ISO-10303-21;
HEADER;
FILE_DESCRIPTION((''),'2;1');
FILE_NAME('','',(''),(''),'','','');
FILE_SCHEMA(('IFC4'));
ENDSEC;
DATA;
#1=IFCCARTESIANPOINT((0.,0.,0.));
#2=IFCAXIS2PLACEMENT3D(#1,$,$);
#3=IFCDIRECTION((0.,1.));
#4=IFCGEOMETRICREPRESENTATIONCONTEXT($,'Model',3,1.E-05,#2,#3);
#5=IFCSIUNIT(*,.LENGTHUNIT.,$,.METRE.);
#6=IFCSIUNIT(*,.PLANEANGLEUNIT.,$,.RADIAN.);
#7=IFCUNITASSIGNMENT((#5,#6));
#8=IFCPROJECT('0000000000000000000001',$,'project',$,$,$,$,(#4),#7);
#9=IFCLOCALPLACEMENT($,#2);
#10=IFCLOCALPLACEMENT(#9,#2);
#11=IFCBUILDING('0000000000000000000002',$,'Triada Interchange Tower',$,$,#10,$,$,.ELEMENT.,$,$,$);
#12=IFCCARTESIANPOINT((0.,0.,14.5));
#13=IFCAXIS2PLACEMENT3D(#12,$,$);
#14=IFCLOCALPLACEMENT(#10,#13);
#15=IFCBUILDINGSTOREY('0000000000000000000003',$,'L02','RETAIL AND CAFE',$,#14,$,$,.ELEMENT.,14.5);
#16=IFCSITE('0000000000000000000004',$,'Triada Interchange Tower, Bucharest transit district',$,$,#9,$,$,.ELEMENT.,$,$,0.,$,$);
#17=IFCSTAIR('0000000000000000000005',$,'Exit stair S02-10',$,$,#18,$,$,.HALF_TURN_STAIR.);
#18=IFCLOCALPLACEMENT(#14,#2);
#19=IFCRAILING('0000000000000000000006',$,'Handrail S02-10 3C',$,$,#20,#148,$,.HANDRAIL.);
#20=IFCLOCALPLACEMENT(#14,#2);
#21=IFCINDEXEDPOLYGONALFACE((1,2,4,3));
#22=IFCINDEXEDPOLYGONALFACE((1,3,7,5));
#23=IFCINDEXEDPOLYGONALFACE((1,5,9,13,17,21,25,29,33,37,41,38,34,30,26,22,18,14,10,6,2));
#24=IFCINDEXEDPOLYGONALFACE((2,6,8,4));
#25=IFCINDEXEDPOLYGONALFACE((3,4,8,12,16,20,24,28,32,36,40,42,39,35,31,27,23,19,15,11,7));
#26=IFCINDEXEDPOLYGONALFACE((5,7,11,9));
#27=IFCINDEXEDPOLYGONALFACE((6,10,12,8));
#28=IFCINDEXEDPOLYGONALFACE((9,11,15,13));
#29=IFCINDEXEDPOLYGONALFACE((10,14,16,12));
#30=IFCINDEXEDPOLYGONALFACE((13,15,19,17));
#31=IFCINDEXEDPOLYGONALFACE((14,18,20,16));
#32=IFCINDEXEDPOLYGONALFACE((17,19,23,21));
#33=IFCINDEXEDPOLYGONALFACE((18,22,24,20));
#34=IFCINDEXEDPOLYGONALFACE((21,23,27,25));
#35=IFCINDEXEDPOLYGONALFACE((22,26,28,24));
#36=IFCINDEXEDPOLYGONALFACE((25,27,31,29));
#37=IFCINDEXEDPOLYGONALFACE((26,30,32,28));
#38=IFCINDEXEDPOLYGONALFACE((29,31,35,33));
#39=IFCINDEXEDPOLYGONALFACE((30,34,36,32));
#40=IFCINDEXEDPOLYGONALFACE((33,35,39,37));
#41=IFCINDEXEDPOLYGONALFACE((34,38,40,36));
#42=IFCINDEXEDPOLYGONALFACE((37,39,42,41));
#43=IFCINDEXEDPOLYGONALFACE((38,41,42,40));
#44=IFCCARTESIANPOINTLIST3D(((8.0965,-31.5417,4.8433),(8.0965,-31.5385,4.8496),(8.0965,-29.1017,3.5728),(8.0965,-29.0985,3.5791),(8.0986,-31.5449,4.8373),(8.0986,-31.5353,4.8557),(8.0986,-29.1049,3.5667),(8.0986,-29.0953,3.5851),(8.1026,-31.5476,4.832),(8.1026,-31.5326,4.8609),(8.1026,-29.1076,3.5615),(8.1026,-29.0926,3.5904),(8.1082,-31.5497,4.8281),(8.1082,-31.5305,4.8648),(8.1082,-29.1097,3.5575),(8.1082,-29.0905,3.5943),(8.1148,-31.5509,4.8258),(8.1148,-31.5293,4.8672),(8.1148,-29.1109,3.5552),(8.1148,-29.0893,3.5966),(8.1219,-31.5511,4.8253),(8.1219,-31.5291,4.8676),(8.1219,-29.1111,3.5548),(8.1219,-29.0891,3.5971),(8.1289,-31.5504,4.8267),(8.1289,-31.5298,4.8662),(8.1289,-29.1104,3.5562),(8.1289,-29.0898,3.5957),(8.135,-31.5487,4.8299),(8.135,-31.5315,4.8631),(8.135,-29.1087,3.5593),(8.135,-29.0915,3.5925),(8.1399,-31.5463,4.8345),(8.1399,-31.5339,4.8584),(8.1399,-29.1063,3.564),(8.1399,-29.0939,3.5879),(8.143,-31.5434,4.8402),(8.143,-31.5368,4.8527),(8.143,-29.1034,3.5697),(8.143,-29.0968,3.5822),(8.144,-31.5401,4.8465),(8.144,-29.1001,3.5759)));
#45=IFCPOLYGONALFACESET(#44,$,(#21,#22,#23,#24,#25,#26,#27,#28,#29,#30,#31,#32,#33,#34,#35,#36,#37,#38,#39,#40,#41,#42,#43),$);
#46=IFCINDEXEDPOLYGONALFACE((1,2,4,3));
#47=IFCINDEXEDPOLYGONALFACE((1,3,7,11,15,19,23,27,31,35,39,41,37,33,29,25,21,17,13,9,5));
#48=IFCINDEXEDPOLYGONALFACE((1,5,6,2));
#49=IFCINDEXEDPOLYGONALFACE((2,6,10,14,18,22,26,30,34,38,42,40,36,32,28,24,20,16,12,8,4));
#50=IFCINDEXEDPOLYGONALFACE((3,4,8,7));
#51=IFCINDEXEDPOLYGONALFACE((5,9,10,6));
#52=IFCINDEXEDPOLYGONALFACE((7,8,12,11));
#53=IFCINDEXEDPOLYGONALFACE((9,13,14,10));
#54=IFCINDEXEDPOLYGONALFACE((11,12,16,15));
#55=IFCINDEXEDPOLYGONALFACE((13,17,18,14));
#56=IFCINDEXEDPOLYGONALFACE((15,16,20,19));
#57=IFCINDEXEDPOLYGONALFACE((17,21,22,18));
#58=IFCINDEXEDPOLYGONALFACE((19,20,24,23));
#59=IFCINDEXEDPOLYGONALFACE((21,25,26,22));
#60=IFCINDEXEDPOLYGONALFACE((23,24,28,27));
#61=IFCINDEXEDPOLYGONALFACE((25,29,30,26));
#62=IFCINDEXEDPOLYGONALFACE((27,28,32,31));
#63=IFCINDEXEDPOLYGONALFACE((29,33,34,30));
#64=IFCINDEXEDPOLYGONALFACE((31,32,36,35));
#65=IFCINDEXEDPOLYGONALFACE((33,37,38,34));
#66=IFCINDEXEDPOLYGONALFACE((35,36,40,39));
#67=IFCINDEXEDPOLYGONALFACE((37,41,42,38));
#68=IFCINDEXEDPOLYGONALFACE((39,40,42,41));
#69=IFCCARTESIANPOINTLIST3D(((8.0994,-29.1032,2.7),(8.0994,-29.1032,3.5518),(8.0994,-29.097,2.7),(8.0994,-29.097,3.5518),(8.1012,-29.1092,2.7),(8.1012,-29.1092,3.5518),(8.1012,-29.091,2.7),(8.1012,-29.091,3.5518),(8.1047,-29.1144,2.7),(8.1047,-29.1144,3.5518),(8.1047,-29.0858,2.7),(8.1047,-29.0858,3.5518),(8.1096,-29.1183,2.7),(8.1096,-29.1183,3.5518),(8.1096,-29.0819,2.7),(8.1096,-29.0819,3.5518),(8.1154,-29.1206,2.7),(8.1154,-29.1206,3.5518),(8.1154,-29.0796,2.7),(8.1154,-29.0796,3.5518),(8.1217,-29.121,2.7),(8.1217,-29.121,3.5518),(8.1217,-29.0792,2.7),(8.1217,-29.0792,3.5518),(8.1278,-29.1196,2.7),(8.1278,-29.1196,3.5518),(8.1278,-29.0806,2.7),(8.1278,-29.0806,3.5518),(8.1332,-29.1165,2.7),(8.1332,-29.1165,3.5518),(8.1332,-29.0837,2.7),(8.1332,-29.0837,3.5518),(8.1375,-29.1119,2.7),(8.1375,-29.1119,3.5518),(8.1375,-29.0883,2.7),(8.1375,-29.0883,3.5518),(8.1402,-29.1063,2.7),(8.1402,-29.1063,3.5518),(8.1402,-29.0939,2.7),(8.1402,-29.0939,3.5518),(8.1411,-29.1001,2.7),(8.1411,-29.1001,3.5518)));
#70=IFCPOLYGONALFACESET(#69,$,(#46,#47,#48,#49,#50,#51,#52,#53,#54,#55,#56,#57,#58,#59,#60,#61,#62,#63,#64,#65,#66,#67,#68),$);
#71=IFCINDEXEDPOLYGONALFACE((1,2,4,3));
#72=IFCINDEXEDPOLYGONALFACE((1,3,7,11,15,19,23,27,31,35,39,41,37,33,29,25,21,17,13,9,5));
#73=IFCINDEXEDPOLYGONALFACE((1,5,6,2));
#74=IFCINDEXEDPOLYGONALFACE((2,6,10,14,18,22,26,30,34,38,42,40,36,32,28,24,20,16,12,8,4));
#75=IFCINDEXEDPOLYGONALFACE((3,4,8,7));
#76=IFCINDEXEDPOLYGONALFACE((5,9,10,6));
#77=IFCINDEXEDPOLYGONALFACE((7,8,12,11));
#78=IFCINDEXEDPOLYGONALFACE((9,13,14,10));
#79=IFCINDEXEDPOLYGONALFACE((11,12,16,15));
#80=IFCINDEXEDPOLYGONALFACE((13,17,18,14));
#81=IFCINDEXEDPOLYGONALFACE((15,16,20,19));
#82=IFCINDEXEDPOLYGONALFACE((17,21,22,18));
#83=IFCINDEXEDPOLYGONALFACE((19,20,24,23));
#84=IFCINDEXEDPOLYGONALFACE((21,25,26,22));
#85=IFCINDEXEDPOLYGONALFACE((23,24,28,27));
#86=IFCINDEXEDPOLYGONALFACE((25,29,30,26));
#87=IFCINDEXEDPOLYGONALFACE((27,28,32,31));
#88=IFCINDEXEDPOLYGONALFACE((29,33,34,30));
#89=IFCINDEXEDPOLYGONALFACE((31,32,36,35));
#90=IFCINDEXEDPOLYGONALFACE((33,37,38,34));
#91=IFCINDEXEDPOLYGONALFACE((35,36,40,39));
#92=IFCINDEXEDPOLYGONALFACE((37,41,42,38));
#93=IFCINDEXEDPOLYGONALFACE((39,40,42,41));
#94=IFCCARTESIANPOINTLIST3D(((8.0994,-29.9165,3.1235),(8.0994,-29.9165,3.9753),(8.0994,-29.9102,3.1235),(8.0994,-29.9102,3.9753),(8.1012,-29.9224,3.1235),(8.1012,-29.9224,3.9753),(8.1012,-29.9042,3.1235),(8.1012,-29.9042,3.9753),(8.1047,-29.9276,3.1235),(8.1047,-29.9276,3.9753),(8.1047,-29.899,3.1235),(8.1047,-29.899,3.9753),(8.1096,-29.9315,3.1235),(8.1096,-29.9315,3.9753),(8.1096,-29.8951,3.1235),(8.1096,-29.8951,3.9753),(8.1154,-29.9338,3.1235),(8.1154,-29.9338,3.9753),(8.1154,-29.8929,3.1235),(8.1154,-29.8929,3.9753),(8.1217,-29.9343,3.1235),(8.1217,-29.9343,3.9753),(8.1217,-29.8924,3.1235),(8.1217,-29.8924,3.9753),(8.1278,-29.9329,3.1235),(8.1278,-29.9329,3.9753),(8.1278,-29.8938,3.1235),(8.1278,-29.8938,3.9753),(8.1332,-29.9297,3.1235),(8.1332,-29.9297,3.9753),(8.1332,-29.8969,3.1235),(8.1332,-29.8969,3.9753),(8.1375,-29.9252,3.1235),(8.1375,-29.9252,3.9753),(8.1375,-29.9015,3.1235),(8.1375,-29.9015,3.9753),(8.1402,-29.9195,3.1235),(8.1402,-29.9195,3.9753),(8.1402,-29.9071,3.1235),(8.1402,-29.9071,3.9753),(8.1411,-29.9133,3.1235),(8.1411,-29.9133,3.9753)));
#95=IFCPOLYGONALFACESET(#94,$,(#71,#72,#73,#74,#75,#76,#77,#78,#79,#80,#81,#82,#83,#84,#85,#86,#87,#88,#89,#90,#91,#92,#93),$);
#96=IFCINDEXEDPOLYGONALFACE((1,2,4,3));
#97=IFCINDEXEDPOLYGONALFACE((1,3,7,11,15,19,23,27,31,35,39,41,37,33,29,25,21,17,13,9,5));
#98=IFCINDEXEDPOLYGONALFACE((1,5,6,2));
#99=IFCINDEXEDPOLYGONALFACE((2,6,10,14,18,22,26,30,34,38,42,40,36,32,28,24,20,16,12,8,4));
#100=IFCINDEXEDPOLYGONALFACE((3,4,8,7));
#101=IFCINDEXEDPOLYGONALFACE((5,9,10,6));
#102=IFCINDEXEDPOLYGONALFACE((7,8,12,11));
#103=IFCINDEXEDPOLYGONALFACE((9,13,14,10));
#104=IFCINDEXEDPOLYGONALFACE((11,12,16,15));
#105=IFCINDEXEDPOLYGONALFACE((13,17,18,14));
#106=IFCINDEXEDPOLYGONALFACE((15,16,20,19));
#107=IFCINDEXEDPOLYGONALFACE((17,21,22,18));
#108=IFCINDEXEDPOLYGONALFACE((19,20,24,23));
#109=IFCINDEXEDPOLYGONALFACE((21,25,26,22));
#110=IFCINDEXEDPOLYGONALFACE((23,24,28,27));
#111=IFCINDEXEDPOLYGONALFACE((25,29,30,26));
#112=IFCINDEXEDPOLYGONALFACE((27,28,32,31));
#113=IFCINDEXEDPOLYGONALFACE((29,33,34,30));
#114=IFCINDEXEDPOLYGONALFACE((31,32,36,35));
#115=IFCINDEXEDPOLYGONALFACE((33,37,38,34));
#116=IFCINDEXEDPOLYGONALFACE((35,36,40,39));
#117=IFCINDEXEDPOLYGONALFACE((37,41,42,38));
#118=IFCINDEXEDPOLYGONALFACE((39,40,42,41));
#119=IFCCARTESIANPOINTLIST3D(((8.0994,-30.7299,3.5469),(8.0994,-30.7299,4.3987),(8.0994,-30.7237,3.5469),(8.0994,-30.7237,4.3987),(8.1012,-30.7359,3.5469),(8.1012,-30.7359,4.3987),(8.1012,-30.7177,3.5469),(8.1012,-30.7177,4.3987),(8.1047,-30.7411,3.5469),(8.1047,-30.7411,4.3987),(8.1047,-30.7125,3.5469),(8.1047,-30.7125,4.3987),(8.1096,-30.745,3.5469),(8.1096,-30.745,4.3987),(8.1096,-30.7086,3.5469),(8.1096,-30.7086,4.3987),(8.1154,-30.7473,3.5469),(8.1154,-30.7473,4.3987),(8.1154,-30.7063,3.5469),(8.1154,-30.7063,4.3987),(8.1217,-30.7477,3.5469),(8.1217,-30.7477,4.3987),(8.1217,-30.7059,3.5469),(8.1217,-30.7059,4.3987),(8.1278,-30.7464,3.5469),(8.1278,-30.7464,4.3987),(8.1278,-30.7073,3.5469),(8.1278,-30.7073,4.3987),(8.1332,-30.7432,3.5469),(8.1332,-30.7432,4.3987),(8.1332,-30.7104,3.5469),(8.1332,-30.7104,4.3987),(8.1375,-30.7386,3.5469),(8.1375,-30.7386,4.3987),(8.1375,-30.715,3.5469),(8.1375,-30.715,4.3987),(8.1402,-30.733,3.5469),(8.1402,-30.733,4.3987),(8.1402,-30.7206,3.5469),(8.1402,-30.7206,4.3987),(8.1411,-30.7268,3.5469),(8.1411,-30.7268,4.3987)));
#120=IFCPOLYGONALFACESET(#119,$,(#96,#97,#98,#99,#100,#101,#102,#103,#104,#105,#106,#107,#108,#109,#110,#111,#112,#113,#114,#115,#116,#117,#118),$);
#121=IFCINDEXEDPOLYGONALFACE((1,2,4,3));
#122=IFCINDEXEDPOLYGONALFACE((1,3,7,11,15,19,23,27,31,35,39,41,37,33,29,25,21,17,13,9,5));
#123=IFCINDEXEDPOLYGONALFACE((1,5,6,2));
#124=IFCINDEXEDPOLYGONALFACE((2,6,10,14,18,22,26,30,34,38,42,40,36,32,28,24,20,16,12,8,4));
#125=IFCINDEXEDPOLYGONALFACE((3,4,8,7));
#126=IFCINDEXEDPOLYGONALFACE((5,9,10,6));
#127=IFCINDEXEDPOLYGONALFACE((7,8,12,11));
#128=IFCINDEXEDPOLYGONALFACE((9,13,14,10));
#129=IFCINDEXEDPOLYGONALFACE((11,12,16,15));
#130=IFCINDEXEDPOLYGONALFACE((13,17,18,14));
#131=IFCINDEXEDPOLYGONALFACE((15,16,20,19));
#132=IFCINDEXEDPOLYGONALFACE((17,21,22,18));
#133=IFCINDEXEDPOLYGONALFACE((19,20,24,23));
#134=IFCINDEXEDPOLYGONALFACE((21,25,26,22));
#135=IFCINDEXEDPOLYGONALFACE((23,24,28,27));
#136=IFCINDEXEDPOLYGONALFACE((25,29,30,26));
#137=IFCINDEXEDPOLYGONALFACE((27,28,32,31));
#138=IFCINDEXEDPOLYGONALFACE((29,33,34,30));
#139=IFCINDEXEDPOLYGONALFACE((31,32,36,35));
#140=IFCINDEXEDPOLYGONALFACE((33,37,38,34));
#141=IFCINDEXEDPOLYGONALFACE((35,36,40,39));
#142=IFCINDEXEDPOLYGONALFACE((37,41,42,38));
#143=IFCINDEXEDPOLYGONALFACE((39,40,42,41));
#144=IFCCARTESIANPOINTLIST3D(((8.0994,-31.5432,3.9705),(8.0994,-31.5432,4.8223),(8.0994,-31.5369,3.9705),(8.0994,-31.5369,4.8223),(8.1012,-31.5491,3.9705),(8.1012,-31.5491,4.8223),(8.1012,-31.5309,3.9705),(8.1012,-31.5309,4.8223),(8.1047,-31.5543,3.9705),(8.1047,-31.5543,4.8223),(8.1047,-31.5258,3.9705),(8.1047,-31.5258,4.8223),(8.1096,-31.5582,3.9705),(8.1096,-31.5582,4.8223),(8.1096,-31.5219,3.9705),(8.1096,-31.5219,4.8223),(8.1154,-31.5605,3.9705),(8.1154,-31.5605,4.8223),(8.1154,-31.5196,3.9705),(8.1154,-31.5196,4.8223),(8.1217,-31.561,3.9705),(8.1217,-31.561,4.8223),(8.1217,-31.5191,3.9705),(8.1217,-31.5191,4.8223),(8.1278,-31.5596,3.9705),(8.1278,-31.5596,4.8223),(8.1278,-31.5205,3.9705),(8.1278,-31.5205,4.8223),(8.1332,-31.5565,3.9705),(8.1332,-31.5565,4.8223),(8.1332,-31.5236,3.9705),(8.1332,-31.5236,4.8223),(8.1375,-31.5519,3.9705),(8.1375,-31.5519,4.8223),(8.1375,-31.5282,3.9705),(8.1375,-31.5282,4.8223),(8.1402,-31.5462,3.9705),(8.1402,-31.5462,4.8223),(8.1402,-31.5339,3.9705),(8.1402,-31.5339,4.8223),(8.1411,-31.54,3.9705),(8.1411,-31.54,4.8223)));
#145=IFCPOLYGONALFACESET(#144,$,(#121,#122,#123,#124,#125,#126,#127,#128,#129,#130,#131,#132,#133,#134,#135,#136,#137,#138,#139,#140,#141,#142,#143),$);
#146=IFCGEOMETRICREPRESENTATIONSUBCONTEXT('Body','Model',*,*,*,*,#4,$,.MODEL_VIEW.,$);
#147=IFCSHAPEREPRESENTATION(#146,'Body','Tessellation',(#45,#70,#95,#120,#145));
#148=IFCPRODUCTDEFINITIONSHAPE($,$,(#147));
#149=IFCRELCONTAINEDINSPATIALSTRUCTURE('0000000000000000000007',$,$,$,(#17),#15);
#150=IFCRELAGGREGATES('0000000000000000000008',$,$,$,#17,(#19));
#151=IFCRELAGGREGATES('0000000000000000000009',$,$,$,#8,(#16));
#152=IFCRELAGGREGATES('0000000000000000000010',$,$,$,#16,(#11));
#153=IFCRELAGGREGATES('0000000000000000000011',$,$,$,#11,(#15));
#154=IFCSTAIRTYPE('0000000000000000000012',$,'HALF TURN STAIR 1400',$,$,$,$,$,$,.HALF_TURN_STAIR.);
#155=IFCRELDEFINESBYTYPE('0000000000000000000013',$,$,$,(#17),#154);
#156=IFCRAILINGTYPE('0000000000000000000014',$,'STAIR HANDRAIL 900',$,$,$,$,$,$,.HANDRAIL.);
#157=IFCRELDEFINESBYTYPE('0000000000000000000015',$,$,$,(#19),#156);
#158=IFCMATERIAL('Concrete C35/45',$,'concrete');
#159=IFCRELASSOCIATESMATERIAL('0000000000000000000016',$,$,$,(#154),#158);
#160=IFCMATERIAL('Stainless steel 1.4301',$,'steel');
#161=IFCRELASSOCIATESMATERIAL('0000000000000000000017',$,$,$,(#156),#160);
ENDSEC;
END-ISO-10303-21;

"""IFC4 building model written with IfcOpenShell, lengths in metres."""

from ifc_helpers import new_model, si_unit, direction, frame, origin, origin_2d, place, context, subcontext, project, spatial, circle, extrude, material, type_object, element, aggregate, save


model = new_model("IFC4")

# Units and contexts
model_context = context("Model", 3, precision=1e-05, world=origin(), true_north=direction((0.0, 1.0)))
body_context = subcontext(model_context, "Body", "Model", "MODEL_VIEW")
ifc_project = project(units=[si_unit("LENGTHUNIT", "METRE"), si_unit("PLANEANGLEUNIT", "RADIAN")], contexts=[model_context])

# Site, building, storey
site_placement = place(None, origin())
site = spatial("IfcSite", under=ifc_project, at=site_placement, Name="Triada Interchange Tower, Bucharest transit district", CompositionType="ELEMENT", RefElevation=0.0)
building_placement = place(site_placement, origin())
building = spatial("IfcBuilding", under=site, at=building_placement, Name="Triada Interchange Tower", CompositionType="ELEMENT")
storey_placement = place(building_placement, frame((0.0, 0.0, 14.5)))
storey = spatial("IfcBuildingStorey", under=building, at=storey_placement, Name="L02", Description="RETAIL AND CAFE", CompositionType="ELEMENT", Elevation=14.5)

# Shared definitions
ifc_material_1 = material(Name="Concrete C35/45", Category="concrete")

# Stair, railing
stair_type = type_object("IfcStairType", Name="HALF TURN STAIR 1400", PredefinedType="HALF_TURN_STAIR", material=ifc_material_1)
stair_placement = place(storey_placement, origin())
stair = element("IfcStair", 1, at=stair_placement, inside=storey, type_object=stair_type, Name="Exit stair S02-10", PredefinedType="HALF_TURN_STAIR")
ifc_material_2 = material(Name="Stainless steel 1.4301", Category="steel")
railing_type_1 = type_object("IfcRailingType", Name="STAIR HANDRAIL 900", PredefinedType="HANDRAIL", material=ifc_material_2)
railing_1_placement = place(storey_placement, frame((8.1201, -29.1001, 2.7)))
railing_1 = element("IfcRailing", 2, at=railing_1_placement, type_object=railing_type_1, Name="Handrail S02-10 3C", PredefinedType="HANDRAIL", context=body_context, shape_type="SweptSolid", body=[
    extrude(circle(Radius=0.0239, at=origin_2d()), frame((0.0, 0.0, 0.876), z_axis=(0.0, -0.886958, 0.46185), x_axis=(1.0, 0.0, 0.0)), (0.0, 0.0, 1.0), 2.751),
    extrude(circle(Radius=0.021, at=origin_2d()), origin(), (0.0, 0.0, 1.0), 0.8518),
    extrude(circle(Radius=0.021, at=origin_2d()), frame((0.0, -0.8132, 0.4236)), (0.0, 0.0, 1.0), 0.8518),
    extrude(circle(Radius=0.021, at=origin_2d()), frame((0.0, -1.6267, 0.8469)), (0.0, 0.0, 1.0), 0.8518),
    extrude(circle(Radius=0.021, at=origin_2d()), frame((0.0, -2.4399, 1.2705)), (0.0, 0.0, 1.0), 0.8518),
])
aggregate(stair, [railing_1])

save(model, "model.ifc")
